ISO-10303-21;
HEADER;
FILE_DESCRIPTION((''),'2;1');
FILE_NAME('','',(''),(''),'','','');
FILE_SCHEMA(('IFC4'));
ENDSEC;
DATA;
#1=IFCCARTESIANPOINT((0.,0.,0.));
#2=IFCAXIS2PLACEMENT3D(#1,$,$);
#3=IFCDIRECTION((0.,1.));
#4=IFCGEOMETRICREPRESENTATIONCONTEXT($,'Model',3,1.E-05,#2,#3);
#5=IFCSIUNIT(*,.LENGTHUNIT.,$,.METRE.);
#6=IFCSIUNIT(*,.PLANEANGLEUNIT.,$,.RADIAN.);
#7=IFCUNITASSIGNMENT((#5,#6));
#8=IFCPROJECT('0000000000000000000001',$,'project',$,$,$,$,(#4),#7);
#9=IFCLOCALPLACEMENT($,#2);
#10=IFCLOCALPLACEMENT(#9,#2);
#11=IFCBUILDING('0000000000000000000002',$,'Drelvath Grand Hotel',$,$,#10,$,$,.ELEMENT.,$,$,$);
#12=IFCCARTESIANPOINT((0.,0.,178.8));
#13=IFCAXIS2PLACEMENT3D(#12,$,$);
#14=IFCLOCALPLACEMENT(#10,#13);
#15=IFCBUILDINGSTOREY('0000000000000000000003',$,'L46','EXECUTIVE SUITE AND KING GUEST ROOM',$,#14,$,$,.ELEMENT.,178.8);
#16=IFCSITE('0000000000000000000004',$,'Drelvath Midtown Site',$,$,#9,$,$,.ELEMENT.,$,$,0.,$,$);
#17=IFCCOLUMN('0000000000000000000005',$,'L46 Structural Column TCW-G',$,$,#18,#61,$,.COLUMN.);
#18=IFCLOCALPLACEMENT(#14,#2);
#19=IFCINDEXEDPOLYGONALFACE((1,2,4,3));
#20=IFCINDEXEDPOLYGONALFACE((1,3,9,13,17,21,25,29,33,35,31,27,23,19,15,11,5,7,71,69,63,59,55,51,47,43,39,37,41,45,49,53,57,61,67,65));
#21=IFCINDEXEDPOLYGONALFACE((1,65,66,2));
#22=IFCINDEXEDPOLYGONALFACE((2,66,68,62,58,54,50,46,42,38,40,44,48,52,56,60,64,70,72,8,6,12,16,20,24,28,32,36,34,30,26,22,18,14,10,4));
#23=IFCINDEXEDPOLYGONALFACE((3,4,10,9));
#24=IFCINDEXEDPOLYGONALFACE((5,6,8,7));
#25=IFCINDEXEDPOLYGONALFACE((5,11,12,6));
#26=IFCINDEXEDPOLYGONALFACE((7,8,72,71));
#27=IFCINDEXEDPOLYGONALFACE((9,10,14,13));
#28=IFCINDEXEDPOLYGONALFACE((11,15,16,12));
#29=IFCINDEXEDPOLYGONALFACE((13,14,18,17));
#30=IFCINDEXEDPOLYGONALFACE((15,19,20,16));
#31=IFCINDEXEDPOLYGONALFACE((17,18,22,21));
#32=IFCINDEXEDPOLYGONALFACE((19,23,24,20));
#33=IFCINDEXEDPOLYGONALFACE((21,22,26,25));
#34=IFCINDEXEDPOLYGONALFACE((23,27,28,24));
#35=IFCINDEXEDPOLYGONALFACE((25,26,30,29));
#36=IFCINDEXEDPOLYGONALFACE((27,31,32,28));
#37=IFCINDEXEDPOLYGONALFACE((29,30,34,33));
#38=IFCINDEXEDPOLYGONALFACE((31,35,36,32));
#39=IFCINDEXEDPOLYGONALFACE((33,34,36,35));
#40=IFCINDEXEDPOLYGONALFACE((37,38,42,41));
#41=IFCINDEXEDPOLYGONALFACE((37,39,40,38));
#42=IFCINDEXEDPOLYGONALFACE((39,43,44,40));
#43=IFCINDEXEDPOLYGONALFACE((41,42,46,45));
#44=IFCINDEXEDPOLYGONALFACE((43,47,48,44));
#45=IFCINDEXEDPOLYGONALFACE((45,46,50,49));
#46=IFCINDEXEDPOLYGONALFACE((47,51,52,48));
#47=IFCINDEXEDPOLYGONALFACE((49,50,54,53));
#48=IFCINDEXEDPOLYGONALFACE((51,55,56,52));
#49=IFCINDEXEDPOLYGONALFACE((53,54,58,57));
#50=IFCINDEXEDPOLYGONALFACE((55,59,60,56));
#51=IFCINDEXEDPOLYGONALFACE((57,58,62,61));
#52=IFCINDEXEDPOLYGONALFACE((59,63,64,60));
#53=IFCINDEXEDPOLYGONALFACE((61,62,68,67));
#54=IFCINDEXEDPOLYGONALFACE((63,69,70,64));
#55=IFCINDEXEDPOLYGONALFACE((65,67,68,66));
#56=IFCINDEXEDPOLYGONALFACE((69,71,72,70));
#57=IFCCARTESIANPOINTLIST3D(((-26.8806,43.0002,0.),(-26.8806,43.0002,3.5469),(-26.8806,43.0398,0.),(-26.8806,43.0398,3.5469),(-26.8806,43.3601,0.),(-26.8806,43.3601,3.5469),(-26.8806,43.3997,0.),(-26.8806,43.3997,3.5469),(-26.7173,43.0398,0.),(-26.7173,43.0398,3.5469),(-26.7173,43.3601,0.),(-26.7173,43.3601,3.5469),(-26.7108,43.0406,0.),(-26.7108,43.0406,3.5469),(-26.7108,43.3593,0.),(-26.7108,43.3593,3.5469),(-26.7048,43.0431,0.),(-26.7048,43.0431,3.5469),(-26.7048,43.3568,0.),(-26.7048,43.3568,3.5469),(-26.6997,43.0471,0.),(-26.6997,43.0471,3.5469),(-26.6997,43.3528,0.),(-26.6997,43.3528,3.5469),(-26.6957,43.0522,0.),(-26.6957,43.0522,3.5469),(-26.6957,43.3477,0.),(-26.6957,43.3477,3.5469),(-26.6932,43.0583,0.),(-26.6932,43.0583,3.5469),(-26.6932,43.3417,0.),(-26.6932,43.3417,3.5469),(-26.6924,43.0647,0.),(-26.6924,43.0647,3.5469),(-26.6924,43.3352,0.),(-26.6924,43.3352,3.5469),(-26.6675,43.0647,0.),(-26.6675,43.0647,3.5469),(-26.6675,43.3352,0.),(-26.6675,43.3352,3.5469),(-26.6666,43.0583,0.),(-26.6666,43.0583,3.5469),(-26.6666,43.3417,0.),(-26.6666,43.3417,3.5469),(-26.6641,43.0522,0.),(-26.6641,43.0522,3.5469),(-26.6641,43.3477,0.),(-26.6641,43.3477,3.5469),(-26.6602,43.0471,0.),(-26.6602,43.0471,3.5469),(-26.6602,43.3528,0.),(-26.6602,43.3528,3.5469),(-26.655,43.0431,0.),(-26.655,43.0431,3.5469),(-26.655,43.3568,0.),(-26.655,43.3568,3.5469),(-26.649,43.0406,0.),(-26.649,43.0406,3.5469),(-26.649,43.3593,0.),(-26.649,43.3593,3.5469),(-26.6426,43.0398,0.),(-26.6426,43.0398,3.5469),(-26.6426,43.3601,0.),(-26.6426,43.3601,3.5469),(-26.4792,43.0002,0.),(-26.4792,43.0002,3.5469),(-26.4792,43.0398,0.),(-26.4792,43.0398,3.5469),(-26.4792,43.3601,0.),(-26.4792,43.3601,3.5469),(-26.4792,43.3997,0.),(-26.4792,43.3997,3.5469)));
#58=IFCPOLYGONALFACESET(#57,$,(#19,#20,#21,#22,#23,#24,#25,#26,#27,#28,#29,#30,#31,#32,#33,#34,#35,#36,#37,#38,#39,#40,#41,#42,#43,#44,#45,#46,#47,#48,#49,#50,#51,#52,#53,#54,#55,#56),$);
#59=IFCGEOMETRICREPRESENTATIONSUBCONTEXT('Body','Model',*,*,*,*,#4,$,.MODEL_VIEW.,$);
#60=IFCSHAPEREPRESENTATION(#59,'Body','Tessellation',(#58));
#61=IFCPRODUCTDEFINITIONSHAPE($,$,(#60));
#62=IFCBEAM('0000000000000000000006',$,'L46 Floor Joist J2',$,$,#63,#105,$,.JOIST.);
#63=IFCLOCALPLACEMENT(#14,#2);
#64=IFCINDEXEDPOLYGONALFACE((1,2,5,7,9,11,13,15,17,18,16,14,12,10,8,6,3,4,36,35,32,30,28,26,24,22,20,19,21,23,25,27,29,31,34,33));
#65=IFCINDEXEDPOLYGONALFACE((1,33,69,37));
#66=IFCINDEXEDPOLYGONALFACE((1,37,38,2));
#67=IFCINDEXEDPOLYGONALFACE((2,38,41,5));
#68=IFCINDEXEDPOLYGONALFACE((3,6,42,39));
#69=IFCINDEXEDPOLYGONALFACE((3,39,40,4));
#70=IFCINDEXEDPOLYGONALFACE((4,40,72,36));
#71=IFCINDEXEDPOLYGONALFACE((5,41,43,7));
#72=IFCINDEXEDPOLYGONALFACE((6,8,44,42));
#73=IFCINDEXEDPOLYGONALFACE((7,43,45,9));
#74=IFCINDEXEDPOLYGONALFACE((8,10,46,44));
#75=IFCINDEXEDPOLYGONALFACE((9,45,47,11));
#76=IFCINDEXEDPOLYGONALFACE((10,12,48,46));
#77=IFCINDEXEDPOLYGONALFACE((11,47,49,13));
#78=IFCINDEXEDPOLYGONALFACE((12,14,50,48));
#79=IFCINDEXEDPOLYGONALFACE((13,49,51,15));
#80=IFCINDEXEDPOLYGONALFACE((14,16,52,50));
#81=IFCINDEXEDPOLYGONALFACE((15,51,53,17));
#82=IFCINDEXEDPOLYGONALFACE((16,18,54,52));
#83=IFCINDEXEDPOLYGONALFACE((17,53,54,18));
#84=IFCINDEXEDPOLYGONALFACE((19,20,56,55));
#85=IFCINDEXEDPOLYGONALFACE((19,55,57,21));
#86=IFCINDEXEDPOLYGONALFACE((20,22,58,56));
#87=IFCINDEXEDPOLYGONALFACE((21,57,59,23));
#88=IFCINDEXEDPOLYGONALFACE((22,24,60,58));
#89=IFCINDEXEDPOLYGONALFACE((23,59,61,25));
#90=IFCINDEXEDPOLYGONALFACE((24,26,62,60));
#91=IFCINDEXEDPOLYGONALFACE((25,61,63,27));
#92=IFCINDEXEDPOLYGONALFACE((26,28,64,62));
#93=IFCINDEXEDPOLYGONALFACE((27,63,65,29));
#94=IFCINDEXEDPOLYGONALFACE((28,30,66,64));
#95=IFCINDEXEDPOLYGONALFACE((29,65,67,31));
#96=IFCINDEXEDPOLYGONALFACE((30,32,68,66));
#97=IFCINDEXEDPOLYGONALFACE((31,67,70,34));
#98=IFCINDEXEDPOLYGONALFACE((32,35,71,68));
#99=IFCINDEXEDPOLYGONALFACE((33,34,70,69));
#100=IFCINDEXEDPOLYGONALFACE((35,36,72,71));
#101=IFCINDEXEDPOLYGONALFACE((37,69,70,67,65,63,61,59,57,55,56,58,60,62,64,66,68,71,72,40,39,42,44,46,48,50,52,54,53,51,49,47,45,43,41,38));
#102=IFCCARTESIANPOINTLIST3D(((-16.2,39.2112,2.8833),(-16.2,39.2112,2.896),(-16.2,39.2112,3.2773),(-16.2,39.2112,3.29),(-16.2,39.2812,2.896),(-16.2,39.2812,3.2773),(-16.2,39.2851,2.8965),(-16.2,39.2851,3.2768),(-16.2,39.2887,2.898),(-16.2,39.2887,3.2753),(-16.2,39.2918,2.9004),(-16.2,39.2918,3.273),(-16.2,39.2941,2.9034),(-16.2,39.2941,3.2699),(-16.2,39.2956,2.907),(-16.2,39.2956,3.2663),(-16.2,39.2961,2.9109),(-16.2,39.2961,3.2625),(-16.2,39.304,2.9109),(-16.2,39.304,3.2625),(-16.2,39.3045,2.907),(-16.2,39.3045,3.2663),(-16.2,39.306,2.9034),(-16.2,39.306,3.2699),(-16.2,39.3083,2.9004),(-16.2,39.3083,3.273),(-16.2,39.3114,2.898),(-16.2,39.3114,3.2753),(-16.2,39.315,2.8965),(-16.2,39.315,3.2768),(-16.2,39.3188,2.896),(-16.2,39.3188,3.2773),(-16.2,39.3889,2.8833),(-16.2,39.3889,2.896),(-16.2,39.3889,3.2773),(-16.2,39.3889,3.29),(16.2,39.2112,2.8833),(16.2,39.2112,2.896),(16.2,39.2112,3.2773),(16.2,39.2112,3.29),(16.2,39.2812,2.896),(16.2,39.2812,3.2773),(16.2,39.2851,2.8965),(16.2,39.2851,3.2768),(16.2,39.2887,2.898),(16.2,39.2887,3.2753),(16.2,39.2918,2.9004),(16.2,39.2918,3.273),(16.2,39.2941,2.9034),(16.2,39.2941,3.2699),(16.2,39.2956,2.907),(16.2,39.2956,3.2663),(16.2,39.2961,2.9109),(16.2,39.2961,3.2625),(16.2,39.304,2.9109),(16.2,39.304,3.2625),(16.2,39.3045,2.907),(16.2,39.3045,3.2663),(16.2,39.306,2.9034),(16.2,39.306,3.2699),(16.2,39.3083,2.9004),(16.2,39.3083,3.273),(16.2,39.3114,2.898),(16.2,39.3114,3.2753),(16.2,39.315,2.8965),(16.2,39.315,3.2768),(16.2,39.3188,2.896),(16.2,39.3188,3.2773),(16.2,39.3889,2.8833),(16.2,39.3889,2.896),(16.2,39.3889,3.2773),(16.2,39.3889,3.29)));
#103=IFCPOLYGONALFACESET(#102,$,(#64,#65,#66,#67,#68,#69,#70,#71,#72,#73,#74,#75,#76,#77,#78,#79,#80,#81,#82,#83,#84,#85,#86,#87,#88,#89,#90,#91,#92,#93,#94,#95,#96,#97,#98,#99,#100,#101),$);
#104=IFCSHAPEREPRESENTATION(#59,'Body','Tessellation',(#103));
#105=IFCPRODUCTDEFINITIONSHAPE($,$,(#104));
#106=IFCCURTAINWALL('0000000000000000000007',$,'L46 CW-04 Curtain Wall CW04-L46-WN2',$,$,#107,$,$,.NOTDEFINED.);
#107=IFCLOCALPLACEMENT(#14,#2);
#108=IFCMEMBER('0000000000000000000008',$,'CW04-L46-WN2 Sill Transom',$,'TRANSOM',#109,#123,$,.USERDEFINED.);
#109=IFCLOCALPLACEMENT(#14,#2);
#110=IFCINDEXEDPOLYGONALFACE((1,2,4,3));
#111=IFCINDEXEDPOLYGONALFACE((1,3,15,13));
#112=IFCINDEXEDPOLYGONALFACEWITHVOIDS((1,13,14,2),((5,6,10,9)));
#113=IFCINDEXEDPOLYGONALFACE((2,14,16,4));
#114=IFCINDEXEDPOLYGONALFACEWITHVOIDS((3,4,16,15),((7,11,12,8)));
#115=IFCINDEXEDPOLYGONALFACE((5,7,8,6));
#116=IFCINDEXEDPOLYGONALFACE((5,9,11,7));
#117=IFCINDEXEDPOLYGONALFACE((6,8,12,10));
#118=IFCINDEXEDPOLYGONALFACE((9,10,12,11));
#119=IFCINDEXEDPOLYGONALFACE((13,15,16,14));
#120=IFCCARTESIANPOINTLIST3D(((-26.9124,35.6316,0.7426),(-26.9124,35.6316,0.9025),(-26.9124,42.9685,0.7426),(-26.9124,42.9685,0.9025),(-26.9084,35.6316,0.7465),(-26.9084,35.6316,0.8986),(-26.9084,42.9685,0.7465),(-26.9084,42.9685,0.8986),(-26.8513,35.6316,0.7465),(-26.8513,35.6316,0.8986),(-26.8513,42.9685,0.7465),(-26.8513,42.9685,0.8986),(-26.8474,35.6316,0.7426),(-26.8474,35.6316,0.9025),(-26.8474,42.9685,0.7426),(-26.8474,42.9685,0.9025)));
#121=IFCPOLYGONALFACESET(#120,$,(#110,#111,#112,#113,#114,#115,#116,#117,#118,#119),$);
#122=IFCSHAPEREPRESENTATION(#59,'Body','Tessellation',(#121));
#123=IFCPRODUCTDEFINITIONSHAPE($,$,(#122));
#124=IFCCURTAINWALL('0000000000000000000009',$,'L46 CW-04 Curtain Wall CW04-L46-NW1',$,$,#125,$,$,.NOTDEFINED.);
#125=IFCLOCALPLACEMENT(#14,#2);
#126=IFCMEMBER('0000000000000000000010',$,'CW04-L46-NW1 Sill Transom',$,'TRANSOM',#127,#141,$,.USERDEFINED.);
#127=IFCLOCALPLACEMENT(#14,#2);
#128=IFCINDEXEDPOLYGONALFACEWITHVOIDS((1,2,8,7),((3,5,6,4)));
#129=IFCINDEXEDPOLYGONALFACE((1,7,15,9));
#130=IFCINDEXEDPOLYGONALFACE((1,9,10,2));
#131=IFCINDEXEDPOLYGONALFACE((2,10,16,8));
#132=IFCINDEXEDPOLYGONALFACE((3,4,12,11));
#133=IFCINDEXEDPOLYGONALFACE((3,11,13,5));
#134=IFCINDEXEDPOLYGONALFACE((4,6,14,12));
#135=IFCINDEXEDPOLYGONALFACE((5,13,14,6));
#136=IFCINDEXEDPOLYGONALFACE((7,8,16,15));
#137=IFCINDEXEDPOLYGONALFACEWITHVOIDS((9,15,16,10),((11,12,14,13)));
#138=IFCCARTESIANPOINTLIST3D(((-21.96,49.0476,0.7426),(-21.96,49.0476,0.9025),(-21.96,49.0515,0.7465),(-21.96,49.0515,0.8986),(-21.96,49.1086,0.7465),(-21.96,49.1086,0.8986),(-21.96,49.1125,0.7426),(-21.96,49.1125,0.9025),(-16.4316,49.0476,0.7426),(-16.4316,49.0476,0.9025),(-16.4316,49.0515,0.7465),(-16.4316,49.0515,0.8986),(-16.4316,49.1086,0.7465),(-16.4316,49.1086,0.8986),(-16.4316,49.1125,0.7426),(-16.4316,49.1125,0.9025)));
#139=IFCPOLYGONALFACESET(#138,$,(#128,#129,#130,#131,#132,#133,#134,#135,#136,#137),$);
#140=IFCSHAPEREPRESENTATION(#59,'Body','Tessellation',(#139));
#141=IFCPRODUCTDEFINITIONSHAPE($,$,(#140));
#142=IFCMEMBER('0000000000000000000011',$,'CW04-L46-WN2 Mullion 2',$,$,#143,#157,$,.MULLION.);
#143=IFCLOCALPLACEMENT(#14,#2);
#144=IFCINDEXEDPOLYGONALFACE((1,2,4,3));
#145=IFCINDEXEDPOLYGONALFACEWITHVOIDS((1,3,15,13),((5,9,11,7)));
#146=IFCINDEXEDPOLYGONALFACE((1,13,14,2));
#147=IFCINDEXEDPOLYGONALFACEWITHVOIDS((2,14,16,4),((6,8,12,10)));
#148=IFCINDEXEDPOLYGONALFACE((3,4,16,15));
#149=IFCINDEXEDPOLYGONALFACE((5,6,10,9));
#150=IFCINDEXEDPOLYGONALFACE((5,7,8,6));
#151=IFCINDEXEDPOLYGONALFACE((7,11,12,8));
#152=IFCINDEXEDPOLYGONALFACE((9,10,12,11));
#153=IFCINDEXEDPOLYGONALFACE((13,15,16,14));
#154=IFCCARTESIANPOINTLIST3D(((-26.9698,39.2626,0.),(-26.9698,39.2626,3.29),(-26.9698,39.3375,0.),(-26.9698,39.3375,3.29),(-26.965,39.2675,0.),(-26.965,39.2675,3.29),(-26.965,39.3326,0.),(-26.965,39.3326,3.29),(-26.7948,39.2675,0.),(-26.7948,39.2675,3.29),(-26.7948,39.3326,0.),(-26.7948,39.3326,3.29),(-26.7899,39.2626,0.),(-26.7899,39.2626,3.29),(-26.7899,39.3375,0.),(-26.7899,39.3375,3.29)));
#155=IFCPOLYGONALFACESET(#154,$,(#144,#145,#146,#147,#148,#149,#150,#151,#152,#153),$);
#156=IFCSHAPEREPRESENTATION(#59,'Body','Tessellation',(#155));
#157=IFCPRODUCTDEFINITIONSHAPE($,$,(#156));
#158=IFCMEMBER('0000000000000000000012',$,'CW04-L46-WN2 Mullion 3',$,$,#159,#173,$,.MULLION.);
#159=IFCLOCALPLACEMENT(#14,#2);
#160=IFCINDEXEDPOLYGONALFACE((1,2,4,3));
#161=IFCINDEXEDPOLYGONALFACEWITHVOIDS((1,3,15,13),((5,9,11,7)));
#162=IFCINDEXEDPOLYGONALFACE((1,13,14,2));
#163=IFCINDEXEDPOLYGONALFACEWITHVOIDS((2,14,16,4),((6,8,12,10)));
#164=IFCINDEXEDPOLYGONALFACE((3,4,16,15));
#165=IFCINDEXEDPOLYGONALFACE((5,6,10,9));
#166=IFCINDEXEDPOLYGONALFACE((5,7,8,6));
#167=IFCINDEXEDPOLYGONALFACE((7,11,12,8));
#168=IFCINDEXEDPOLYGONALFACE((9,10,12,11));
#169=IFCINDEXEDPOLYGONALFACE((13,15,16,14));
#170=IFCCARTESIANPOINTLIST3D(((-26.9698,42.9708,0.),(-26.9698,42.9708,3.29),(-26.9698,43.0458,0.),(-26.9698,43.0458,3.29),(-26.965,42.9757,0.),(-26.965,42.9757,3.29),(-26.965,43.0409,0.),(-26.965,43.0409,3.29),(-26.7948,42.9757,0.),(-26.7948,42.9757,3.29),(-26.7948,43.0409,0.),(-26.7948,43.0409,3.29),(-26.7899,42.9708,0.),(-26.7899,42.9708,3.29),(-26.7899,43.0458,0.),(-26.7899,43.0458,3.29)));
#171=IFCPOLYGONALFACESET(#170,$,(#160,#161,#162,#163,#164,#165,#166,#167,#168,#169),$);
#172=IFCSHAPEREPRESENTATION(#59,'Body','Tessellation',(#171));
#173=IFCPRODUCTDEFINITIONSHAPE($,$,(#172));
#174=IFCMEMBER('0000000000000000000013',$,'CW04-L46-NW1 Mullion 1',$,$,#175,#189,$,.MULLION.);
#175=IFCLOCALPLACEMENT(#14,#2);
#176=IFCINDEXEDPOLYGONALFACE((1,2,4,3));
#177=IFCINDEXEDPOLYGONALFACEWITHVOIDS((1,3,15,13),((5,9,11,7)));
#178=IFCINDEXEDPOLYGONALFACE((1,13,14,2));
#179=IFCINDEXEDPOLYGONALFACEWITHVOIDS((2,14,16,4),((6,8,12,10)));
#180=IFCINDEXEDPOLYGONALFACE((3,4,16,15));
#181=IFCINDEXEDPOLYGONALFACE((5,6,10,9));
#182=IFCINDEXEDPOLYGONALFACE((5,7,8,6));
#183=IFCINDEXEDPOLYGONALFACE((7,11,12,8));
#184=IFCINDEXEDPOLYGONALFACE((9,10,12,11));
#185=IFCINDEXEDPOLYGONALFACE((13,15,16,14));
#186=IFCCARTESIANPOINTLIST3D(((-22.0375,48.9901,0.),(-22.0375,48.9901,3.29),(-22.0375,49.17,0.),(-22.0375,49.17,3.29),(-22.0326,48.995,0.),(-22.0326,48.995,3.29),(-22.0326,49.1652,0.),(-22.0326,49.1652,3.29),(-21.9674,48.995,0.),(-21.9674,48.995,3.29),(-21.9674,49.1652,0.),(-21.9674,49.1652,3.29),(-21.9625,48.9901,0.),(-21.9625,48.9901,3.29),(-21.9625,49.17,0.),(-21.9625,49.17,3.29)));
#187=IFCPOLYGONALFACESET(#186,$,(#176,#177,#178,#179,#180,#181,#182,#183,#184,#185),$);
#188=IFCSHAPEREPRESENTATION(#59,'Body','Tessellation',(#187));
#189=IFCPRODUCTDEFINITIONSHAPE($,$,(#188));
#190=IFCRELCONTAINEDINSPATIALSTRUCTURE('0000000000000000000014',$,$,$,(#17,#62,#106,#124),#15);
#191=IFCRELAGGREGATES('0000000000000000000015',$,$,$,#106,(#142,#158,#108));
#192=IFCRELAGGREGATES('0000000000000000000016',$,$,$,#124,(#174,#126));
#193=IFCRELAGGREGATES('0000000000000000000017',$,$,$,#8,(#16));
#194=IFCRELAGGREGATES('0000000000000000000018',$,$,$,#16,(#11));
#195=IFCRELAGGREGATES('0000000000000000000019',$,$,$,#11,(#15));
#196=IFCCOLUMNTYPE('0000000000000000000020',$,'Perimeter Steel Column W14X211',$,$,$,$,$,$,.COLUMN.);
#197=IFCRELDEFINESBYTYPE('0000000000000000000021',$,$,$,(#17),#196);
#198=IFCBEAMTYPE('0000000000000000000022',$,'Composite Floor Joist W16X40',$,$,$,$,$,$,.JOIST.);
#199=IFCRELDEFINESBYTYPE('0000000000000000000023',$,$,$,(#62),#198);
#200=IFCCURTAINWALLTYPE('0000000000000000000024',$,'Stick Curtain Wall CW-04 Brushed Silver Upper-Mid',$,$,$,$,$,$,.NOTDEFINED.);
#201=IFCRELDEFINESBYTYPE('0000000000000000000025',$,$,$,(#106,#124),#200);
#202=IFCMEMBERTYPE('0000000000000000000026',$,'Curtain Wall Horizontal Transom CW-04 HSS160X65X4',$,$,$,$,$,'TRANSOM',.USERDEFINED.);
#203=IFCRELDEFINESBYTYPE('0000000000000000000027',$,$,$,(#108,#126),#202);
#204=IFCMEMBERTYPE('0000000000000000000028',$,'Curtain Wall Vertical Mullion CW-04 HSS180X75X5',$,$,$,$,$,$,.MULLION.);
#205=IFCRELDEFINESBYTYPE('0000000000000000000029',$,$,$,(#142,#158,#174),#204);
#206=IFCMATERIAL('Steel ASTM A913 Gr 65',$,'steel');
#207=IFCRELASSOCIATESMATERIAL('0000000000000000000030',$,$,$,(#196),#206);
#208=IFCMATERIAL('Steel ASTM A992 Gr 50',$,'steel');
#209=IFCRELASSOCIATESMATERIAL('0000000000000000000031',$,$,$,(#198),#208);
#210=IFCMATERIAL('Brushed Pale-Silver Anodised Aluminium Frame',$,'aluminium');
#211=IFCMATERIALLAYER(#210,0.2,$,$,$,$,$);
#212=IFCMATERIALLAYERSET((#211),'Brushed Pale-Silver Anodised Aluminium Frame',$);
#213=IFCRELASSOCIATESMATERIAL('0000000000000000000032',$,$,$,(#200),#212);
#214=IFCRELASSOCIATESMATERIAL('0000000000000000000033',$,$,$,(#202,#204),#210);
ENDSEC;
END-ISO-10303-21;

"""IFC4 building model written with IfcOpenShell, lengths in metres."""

from ifc_helpers import new_model, si_unit, direction, frame, origin, origin_2d, place, context, subcontext, project, spatial, hollow_rectangle, i_section, extrude, material, layer, layer_set, material_profile, profile_set, type_object, element, aggregate, save


model = new_model("IFC4")

# Units and contexts
model_context = context("Model", 3, precision=1e-05, world=origin(), true_north=direction((0.0, 1.0)))
body_context = subcontext(model_context, "Body", "Model", "MODEL_VIEW")
ifc_project = project(units=[si_unit("LENGTHUNIT", "METRE"), si_unit("PLANEANGLEUNIT", "RADIAN")], contexts=[model_context])

# Site, building, storey
site_placement = place(None, origin())
site = spatial("IfcSite", under=ifc_project, at=site_placement, Name="Drelvath Midtown Site", CompositionType="ELEMENT", RefElevation=0.0)
building_placement = place(site_placement, origin())
building = spatial("IfcBuilding", under=site, at=building_placement, Name="Drelvath Grand Hotel", CompositionType="ELEMENT")
storey_placement = place(building_placement, frame((0.0, 0.0, 178.8)))
storey = spatial("IfcBuildingStorey", under=building, at=storey_placement, Name="L46", Description="EXECUTIVE SUITE AND KING GUEST ROOM", CompositionType="ELEMENT", Elevation=178.8)

# Column
ifc_material_1 = material(Name="Steel ASTM A913 Gr 65", Category="steel")
ifc_material_profile_1 = material_profile(ifc_material_1, i_section(OverallWidth=0.4014, OverallDepth=0.3994, WebThickness=0.0249, FlangeThickness=0.0396, FilletRadius=0.0249, at=origin_2d()), Name="W14X211")
ifc_profile_set_1 = profile_set([ifc_material_profile_1], Name="Steel ASTM A913 Gr 65")
column_type = type_object("IfcColumnType", Name="Perimeter Steel Column W14X211", PredefinedType="COLUMN", material=ifc_profile_set_1)
column_placement = place(storey_placement, frame((-26.6799, 43.2, 0.0), z_axis=(0.0, 0.0, 1.0), x_axis=(1.0, 0.0, 0.0)))
element("IfcColumn", 1, at=column_placement, inside=storey, type_object=column_type, Name="L46 Structural Column TCW-G", PredefinedType="COLUMN", context=body_context, shape_type="SweptSolid", body=[
    extrude(i_section(OverallWidth=0.4014, OverallDepth=0.3994, WebThickness=0.0249, FlangeThickness=0.0396, FilletRadius=0.0249, at=origin_2d()), origin(), (0.0, 0.0, 1.0), 3.5469),
])

# Beam
ifc_material_2 = material(Name="Steel ASTM A992 Gr 50", Category="steel")
ifc_material_profile_2 = material_profile(ifc_material_2, i_section(OverallWidth=0.1777, OverallDepth=0.4067, WebThickness=0.0078, FlangeThickness=0.0127, FilletRadius=0.0149, at=origin_2d()), Name="W16X40")
ifc_profile_set_2 = profile_set([ifc_material_profile_2], Name="Steel ASTM A992 Gr 50")
beam_type_1 = type_object("IfcBeamType", Name="Composite Floor Joist W16X40", PredefinedType="JOIST", material=ifc_profile_set_2)
beam_1_placement = place(storey_placement, frame((-16.2, 39.3, 3.0867), z_axis=(1.0, 0.0, 0.0), x_axis=(0.0, 1.0, 0.0)))
element("IfcBeam", 2, at=beam_1_placement, inside=storey, type_object=beam_type_1, Name="L46 Floor Joist J2", PredefinedType="JOIST", context=body_context, shape_type="SweptSolid", body=[
    extrude(i_section(OverallWidth=0.1777, OverallDepth=0.4067, WebThickness=0.0078, FlangeThickness=0.0127, FilletRadius=0.0149, at=origin_2d()), origin(), (0.0, 0.0, 1.0), 32.3999),
])

# Curtain walls, members
ifc_material_3 = material(Name="Brushed Pale-Silver Anodised Aluminium Frame", Category="aluminium")
ifc_layer_1 = layer(ifc_material_3, 0.2)
ifc_layer_set_1 = layer_set([ifc_layer_1], Name="Brushed Pale-Silver Anodised Aluminium Frame")
curtain_wall_type = type_object("IfcCurtainWallType", Name="Stick Curtain Wall CW-04 Brushed Silver Upper-Mid", PredefinedType="NOTDEFINED", material=ifc_layer_set_1)
curtain_wall_1_placement = place(storey_placement, origin())
curtain_wall_1 = element("IfcCurtainWall", 3, at=curtain_wall_1_placement, inside=storey, type_object=curtain_wall_type, Name="L46 CW-04 Curtain Wall CW04-L46-WN2", PredefinedType="NOTDEFINED")
ifc_material_profile_3 = material_profile(ifc_material_3, hollow_rectangle(XDim=0.0649, YDim=0.1599, WallThickness=0.0039, at=origin_2d()), Name="HSS160X65X4")
ifc_profile_set_3 = profile_set([ifc_material_profile_3], Name="Brushed Pale-Silver Anodised Aluminium Frame")
member_type_1 = type_object("IfcMemberType", Name="Curtain Wall Horizontal Transom CW-04 HSS160X65X4", ElementType="TRANSOM", PredefinedType="USERDEFINED", material=ifc_profile_set_3)
member_1_placement = place(storey_placement, frame((-26.8799, 35.6316, 0.8225), z_axis=(0.0, 1.0, 0.0), x_axis=(-1.0, 0.0, 0.0)))
member_1 = element("IfcMember", 4, at=member_1_placement, type_object=member_type_1, Name="CW04-L46-WN2 Sill Transom", ObjectType="TRANSOM", PredefinedType="USERDEFINED", context=body_context, shape_type="SweptSolid", body=[
    extrude(hollow_rectangle(XDim=0.0649, YDim=0.1599, WallThickness=0.0039, at=origin_2d()), origin(), (0.0, 0.0, 1.0), 7.3369),
])
curtain_wall_2_placement = place(storey_placement, origin())
curtain_wall_2 = element("IfcCurtainWall", 5, at=curtain_wall_2_placement, inside=storey, type_object=curtain_wall_type, Name="L46 CW-04 Curtain Wall CW04-L46-NW1", PredefinedType="NOTDEFINED")
member_2_placement = place(storey_placement, frame((-21.96, 49.0801, 0.8225), z_axis=(1.0, 0.0, 0.0), x_axis=(0.0, 1.0, 0.0)))
member_2 = element("IfcMember", 6, at=member_2_placement, type_object=member_type_1, Name="CW04-L46-NW1 Sill Transom", ObjectType="TRANSOM", PredefinedType="USERDEFINED", context=body_context, shape_type="SweptSolid", body=[
    extrude(hollow_rectangle(XDim=0.0649, YDim=0.1599, WallThickness=0.0039, at=origin_2d()), origin(), (0.0, 0.0, 1.0), 5.5283),
])

# Members
ifc_material_profile_4 = material_profile(ifc_material_3, hollow_rectangle(XDim=0.075, YDim=0.1799, WallThickness=0.0049, at=origin_2d()), Name="HSS180X75X5")
ifc_profile_set_4 = profile_set([ifc_material_profile_4], Name="Brushed Pale-Silver Anodised Aluminium Frame")
member_type_2 = type_object("IfcMemberType", Name="Curtain Wall Vertical Mullion CW-04 HSS180X75X5", PredefinedType="MULLION", material=ifc_profile_set_4)
member_3_placement = place(storey_placement, frame((-26.8799, 39.3, 0.0), z_axis=(0.0, 0.0, 1.0), x_axis=(0.0, 1.0, 0.0)))
member_3 = element("IfcMember", 7, at=member_3_placement, type_object=member_type_2, Name="CW04-L46-WN2 Mullion 2", PredefinedType="MULLION", context=body_context, shape_type="SweptSolid", body=[
    extrude(hollow_rectangle(XDim=0.075, YDim=0.1799, WallThickness=0.0049, at=origin_2d()), origin(), (0.0, 0.0, 1.0), 3.29),
])
member_4_placement = place(storey_placement, frame((-26.8799, 43.0083, 0.0), z_axis=(0.0, 0.0, 1.0), x_axis=(0.0, 1.0, 0.0)))
member_4 = element("IfcMember", 8, at=member_4_placement, type_object=member_type_2, Name="CW04-L46-WN2 Mullion 3", PredefinedType="MULLION", context=body_context, shape_type="SweptSolid", body=[
    extrude(hollow_rectangle(XDim=0.075, YDim=0.1799, WallThickness=0.0049, at=origin_2d()), origin(), (0.0, 0.0, 1.0), 3.29),
])
member_5_placement = place(storey_placement, frame((-22.0, 49.0801, 0.0), z_axis=(0.0, 0.0, 1.0), x_axis=(1.0, 0.0, 0.0)))
member_5 = element("IfcMember", 9, at=member_5_placement, type_object=member_type_2, Name="CW04-L46-NW1 Mullion 1", PredefinedType="MULLION", context=body_context, shape_type="SweptSolid", body=[
    extrude(hollow_rectangle(XDim=0.075, YDim=0.1799, WallThickness=0.0049, at=origin_2d()), origin(), (0.0, 0.0, 1.0), 3.29),
])

aggregate(curtain_wall_1, [member_3, member_4, member_1])
aggregate(curtain_wall_2, [member_5, member_2])

save(model, "model.ifc")
